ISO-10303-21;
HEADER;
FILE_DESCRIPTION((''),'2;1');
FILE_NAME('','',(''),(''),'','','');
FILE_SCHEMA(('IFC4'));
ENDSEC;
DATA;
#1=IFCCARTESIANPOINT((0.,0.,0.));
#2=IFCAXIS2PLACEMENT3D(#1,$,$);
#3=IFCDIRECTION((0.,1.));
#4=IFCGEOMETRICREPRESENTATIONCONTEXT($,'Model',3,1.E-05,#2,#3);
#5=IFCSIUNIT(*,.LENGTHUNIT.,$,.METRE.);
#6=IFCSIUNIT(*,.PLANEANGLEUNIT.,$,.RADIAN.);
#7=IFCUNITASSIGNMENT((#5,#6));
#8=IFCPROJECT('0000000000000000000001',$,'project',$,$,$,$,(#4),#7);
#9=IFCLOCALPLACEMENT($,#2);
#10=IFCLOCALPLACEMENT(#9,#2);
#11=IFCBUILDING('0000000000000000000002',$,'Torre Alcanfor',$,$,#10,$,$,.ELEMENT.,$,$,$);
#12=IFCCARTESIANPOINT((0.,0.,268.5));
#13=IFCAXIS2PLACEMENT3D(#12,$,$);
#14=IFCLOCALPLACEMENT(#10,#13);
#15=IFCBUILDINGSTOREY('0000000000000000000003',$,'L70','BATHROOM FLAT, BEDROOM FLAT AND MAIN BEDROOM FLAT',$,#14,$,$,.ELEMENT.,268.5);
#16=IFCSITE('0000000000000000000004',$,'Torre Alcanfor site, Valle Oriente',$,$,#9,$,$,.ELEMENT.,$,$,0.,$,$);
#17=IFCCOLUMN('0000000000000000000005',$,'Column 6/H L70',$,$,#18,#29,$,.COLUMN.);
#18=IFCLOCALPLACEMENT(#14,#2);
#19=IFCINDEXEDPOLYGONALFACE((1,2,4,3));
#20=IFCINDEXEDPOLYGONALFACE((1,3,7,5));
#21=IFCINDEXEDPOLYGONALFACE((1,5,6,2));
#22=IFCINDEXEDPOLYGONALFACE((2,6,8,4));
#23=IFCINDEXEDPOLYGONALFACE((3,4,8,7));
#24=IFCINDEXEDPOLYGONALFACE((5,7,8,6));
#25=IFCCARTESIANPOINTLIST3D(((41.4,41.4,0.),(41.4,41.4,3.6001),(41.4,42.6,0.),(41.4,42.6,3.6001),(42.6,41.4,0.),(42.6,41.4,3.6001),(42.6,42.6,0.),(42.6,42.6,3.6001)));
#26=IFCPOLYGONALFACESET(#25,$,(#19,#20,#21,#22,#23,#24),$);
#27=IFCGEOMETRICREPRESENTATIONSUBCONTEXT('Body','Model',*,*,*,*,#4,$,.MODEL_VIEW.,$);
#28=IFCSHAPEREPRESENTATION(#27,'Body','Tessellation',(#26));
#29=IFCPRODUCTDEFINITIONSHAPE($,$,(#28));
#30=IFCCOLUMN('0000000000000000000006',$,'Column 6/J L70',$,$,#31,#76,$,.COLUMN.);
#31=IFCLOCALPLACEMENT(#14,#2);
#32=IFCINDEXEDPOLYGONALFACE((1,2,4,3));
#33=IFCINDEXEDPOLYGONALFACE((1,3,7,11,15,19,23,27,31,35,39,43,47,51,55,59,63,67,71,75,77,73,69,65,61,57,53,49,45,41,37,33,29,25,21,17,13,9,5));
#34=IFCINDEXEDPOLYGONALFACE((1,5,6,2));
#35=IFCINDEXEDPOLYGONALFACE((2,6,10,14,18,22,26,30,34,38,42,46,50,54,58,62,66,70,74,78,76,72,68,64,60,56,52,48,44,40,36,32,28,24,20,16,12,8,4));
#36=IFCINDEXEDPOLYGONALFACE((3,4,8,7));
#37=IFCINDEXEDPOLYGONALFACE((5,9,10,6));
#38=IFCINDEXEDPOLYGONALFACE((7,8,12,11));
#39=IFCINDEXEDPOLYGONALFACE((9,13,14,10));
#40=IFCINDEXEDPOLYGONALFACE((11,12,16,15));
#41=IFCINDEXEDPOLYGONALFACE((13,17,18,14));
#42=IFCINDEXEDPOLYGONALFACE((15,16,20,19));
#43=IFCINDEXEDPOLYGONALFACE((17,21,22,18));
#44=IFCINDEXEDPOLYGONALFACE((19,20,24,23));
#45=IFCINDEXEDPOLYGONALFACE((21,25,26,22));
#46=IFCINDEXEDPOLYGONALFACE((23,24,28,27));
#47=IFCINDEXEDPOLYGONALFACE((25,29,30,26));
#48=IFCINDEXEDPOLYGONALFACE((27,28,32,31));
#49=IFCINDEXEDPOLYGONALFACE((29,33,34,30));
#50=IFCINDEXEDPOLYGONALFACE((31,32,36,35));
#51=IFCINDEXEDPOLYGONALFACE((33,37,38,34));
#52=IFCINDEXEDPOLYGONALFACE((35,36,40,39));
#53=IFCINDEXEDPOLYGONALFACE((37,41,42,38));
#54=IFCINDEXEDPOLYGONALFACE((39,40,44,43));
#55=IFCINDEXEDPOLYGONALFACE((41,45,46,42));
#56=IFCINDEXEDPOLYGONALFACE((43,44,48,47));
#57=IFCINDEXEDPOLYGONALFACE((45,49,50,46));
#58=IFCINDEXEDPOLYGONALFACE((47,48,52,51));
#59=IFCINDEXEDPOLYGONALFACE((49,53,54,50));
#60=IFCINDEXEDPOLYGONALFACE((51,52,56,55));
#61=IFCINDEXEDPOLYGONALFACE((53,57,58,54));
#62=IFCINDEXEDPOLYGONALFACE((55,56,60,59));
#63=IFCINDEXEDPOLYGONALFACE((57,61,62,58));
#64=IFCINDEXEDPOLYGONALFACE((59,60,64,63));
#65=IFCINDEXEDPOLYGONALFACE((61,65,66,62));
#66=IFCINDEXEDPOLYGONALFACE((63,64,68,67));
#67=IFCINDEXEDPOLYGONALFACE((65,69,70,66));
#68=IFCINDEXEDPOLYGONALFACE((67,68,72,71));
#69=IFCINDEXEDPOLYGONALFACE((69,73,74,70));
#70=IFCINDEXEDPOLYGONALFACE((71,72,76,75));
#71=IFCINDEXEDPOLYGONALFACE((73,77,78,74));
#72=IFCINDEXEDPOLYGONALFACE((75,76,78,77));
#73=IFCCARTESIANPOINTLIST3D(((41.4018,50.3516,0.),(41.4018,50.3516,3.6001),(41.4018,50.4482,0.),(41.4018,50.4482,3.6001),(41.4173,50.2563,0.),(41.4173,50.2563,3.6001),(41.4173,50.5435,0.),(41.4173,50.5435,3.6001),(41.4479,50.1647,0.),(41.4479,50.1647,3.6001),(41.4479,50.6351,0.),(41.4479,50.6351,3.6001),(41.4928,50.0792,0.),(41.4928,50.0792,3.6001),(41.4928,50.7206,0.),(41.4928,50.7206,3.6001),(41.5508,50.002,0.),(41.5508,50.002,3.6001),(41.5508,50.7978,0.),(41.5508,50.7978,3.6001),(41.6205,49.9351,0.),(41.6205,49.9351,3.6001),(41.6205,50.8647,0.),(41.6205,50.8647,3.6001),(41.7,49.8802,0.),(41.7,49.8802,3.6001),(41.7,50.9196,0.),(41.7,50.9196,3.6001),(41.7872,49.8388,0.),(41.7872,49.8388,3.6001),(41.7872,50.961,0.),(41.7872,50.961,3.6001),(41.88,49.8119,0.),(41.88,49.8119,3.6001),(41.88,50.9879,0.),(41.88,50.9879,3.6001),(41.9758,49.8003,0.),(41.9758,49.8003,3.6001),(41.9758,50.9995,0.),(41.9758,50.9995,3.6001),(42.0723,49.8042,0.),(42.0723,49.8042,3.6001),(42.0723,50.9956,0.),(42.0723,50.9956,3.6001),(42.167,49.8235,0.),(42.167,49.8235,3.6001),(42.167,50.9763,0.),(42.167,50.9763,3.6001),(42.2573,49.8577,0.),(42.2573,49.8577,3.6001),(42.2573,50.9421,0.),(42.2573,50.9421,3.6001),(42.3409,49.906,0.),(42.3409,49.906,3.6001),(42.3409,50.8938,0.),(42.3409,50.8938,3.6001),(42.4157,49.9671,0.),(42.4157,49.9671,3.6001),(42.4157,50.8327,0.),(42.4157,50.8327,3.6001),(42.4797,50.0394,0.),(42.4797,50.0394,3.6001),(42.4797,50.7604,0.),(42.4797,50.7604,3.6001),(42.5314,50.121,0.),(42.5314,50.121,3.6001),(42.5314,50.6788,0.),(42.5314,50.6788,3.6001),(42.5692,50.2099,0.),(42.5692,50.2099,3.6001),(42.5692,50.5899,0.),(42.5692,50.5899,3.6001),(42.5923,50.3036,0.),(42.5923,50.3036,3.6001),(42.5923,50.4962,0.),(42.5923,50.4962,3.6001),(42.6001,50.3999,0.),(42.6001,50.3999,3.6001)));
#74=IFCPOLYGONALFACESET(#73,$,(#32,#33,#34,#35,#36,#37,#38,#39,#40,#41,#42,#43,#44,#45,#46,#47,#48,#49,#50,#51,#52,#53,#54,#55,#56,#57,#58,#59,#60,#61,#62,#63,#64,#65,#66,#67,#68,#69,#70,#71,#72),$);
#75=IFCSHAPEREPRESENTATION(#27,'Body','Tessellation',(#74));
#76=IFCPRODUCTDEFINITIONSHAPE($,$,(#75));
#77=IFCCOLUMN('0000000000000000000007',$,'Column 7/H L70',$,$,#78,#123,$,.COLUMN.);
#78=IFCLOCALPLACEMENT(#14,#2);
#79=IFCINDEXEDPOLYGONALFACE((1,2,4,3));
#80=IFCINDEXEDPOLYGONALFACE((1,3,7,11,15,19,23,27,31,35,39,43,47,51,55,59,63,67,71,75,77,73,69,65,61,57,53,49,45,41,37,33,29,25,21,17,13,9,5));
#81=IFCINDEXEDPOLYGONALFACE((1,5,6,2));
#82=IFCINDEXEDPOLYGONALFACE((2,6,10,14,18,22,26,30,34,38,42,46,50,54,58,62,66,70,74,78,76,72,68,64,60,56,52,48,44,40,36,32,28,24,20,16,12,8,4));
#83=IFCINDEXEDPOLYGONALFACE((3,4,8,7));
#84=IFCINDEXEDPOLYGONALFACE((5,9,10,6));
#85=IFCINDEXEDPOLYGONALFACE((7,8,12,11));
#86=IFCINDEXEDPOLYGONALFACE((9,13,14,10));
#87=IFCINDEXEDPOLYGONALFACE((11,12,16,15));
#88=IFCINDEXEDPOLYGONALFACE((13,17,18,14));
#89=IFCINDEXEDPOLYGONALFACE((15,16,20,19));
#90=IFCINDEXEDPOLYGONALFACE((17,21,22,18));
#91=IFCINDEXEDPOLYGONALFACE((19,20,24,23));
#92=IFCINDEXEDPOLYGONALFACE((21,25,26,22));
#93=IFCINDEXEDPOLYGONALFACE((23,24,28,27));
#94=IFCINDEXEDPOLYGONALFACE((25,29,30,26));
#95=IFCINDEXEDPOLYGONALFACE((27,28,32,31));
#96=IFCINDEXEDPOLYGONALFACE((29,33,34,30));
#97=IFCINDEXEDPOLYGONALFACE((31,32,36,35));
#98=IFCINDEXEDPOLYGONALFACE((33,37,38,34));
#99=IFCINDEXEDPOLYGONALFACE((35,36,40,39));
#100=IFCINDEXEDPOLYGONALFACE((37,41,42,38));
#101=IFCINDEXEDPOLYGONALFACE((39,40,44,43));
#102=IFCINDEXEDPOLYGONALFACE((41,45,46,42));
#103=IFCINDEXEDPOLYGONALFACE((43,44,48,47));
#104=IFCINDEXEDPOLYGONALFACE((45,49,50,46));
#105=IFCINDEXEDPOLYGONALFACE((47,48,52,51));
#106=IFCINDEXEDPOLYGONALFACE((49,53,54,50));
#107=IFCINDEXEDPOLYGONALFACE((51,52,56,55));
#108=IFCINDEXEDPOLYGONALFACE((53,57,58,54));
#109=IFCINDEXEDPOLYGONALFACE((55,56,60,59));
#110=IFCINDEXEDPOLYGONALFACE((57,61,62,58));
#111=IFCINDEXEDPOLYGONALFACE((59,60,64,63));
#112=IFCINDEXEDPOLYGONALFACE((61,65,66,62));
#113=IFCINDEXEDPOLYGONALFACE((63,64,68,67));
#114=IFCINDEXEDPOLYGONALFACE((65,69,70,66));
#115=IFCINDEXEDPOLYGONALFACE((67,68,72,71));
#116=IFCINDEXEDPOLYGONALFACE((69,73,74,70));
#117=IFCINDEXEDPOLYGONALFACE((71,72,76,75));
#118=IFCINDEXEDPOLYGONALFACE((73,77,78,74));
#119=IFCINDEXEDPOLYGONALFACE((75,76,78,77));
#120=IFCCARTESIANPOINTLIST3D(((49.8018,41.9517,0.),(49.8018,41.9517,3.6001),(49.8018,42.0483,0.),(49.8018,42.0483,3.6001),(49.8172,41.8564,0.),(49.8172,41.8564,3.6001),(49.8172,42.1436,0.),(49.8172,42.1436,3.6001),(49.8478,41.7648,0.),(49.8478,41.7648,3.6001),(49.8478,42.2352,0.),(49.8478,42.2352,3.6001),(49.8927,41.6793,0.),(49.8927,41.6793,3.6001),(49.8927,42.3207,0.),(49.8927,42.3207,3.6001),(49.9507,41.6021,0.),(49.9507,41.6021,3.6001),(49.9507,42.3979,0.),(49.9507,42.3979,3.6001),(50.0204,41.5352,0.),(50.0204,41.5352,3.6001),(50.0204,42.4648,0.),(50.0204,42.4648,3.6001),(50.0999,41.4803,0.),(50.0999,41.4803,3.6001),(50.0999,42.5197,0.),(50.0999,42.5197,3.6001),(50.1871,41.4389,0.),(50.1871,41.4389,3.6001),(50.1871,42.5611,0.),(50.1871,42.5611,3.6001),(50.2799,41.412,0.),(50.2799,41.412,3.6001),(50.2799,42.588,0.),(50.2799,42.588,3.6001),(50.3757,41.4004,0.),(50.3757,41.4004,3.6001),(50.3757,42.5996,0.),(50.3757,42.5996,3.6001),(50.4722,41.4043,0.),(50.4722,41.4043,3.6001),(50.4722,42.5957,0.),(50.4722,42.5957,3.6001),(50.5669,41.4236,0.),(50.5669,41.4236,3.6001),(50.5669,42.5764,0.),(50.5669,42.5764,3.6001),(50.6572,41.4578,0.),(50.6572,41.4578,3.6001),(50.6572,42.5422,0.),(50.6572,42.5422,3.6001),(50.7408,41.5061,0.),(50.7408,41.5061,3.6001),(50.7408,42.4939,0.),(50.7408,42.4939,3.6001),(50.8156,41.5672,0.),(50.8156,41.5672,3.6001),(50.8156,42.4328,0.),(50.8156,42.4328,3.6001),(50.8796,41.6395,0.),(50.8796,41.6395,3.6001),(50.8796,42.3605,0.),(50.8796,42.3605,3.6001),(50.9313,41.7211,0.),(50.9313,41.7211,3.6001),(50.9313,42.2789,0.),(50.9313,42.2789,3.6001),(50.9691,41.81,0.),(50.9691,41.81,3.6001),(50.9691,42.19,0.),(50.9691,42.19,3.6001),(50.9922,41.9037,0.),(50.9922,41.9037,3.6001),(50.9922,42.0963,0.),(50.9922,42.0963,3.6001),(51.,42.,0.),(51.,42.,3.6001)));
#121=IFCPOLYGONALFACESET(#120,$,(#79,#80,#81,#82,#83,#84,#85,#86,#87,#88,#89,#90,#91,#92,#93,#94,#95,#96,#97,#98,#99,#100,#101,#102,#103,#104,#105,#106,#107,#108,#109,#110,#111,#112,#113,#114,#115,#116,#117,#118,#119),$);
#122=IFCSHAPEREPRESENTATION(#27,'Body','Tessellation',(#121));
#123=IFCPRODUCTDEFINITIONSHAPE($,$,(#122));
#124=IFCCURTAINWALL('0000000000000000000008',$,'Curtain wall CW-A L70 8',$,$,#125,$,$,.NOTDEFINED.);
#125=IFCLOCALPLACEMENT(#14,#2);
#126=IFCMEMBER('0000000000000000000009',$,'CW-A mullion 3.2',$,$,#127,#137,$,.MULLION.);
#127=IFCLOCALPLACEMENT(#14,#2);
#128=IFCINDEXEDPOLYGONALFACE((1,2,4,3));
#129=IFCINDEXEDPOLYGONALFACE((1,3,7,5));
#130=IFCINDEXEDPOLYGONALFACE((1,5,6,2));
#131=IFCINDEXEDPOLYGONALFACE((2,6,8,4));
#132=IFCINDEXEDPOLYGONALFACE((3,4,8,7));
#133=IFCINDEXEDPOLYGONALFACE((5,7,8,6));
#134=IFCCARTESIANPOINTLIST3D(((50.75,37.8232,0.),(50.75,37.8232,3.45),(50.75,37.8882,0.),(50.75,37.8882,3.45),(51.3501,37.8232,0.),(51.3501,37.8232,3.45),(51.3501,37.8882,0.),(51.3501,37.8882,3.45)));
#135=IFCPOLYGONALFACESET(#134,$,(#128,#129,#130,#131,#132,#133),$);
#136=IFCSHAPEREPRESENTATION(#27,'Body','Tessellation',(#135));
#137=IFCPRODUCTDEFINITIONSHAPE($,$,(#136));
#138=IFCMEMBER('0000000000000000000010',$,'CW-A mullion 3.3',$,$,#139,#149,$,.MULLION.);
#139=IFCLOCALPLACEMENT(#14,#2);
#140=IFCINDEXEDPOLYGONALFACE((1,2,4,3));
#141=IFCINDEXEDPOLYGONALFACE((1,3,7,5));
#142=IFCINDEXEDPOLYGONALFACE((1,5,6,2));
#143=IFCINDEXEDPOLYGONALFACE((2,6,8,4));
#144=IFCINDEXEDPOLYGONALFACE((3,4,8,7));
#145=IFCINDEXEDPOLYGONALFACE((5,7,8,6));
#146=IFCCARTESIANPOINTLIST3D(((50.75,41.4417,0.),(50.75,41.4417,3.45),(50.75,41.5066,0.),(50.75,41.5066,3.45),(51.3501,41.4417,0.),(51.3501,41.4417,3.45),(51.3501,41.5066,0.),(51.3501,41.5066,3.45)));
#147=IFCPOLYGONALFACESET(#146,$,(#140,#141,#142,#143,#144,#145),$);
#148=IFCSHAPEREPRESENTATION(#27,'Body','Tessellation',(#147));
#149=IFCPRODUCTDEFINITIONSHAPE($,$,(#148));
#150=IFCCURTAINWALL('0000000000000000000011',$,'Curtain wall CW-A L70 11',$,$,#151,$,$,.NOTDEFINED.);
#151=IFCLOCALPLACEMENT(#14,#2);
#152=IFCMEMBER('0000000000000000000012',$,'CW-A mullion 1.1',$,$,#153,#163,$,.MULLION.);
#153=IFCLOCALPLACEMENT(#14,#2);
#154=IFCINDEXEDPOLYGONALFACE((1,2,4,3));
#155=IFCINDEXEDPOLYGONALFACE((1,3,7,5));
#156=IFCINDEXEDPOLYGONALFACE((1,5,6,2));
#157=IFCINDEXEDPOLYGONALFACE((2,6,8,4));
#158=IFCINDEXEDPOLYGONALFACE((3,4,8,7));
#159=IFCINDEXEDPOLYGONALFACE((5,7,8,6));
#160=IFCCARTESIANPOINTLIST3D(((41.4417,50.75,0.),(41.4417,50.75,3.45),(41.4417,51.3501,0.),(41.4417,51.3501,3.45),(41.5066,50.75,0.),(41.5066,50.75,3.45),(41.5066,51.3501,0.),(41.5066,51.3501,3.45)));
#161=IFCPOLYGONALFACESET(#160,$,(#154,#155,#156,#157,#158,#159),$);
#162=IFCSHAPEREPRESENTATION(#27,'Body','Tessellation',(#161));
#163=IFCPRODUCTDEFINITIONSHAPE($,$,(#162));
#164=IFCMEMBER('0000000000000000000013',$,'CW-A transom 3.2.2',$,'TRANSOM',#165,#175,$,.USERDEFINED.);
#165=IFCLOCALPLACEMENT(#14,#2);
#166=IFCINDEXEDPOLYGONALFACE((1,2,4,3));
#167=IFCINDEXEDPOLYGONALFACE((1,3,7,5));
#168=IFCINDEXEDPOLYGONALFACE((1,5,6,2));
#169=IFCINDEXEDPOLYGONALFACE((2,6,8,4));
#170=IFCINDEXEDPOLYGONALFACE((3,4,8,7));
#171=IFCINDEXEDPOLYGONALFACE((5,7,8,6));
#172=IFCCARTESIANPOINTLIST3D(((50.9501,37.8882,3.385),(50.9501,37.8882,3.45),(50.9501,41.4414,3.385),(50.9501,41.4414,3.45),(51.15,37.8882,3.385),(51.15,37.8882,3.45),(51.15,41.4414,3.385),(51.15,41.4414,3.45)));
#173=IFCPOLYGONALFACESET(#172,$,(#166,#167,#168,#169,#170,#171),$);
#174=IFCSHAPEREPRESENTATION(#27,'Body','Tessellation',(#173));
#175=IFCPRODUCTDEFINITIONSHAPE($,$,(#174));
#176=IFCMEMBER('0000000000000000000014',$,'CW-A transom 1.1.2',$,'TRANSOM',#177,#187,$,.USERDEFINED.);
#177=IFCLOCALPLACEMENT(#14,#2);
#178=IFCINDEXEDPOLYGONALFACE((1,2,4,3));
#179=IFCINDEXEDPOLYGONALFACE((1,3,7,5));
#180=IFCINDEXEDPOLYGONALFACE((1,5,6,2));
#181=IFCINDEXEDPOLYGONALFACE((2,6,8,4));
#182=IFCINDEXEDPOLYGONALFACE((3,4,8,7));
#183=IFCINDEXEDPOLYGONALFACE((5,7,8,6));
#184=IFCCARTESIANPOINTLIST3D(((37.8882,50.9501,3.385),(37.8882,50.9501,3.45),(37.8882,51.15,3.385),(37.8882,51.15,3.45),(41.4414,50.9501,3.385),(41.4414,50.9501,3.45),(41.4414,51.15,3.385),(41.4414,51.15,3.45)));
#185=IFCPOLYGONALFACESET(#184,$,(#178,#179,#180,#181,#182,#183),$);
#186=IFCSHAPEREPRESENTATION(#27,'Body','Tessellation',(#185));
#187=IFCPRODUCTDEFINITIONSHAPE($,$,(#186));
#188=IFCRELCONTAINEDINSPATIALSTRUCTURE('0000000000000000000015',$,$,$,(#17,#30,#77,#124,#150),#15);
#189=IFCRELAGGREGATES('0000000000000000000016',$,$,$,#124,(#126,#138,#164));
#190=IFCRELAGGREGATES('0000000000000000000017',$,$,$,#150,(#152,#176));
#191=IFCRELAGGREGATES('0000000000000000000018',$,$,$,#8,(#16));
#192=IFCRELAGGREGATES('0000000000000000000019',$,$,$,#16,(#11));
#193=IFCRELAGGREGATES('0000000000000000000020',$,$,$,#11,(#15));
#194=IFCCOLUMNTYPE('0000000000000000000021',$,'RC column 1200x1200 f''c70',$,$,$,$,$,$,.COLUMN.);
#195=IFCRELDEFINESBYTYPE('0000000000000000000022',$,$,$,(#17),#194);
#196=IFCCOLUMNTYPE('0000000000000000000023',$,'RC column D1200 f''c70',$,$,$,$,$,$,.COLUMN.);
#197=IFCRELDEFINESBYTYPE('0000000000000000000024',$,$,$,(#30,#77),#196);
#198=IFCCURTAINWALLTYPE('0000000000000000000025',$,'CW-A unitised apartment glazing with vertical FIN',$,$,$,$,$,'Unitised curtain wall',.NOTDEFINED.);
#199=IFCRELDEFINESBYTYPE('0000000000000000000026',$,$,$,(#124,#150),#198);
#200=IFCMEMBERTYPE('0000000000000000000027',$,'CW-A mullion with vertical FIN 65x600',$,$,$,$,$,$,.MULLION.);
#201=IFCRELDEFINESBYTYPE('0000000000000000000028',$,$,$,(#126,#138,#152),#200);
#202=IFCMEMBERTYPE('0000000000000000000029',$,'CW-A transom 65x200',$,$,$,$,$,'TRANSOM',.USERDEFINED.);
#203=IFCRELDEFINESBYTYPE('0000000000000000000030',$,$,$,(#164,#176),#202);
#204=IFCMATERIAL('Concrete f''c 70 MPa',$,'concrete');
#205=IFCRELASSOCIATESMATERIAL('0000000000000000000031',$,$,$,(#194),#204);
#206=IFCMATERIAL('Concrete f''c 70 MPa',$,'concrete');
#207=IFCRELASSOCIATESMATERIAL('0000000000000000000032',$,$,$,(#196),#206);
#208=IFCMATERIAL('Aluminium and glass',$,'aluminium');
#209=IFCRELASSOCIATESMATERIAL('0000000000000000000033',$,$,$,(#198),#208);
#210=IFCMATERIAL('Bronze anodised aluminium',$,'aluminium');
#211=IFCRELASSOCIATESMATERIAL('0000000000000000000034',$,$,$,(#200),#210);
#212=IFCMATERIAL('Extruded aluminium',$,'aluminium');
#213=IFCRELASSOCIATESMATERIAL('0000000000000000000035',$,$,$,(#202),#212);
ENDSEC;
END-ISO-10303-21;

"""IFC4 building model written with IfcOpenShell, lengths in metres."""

from ifc_helpers import new_model, si_unit, direction, frame, origin, origin_2d, place, context, subcontext, project, spatial, rectangle, circle, extrude, material, material_profile, profile_set, type_object, element, aggregate, save


model = new_model("IFC4")

# Units and contexts
model_context = context("Model", 3, precision=1e-05, world=origin(), true_north=direction((0.0, 1.0)))
body_context = subcontext(model_context, "Body", "Model", "MODEL_VIEW")
ifc_project = project(units=[si_unit("LENGTHUNIT", "METRE"), si_unit("PLANEANGLEUNIT", "RADIAN")], contexts=[model_context])

# Site, building, storey
site_placement = place(None, origin())
site = spatial("IfcSite", under=ifc_project, at=site_placement, Name="Torre Alcanfor site, Valle Oriente", CompositionType="ELEMENT", RefElevation=0.0)
building_placement = place(site_placement, origin())
building = spatial("IfcBuilding", under=site, at=building_placement, Name="Torre Alcanfor", CompositionType="ELEMENT")
storey_placement = place(building_placement, frame((0.0, 0.0, 268.5)))
storey = spatial("IfcBuildingStorey", under=building, at=storey_placement, Name="L70", Description="BATHROOM FLAT, BEDROOM FLAT AND MAIN BEDROOM FLAT", CompositionType="ELEMENT", Elevation=268.5)

# Columns
ifc_material_1 = material(Name="Concrete f'c 70 MPa", Category="concrete")
ifc_material_profile_1 = material_profile(ifc_material_1, rectangle(XDim=1.2, YDim=1.2, at=origin_2d()), Name="1200x1200")
ifc_profile_set_1 = profile_set([ifc_material_profile_1], Name="Concrete f'c 70 MPa")
column_type_1 = type_object("IfcColumnType", Name="RC column 1200x1200 f'c70", PredefinedType="COLUMN", material=ifc_profile_set_1)
column_placement = place(storey_placement, frame((42.0, 42.0, 0.0), z_axis=(0.0, 0.0, 1.0), x_axis=(1.0, 0.0, 0.0)))
element("IfcColumn", 1, at=column_placement, inside=storey, type_object=column_type_1, Name="Column 6/H L70", PredefinedType="COLUMN", context=body_context, shape_type="SweptSolid", body=[
    extrude(rectangle(XDim=1.2, YDim=1.2, at=origin_2d()), origin(), (0.0, 0.0, 1.0), 3.6001),
])
ifc_material_2 = material(Name="Concrete f'c 70 MPa", Category="concrete")
ifc_material_profile_2 = material_profile(ifc_material_2, circle(Radius=0.6001, at=origin_2d()), Name="D1200")
ifc_profile_set_2 = profile_set([ifc_material_profile_2], Name="Concrete f'c 70 MPa")
column_type_2 = type_object("IfcColumnType", Name="RC column D1200 f'c70", PredefinedType="COLUMN", material=ifc_profile_set_2)
for number, where, z_axis, x_axis, name in (
    (2, (42.0, 50.3999, 0.0), (0.0, 0.0, 1.0), (1.0, 0.0, 0.0), "Column 6/J L70"),
    (3, (50.3999, 42.0, 0.0), (0.0, 0.0, 1.0), (1.0, 0.0, 0.0), "Column 7/H L70"),
):
    element("IfcColumn", number, at=place(storey_placement, frame(where, z_axis=z_axis, x_axis=x_axis)), inside=storey, type_object=column_type_2, Name=name, PredefinedType="COLUMN", context=body_context, shape_type="SweptSolid", body=[
        extrude(circle(Radius=0.6001, at=origin_2d()), origin(), (0.0, 0.0, 1.0), 3.6001),
    ])

# Curtain wall, members
ifc_material_3 = material(Name="Aluminium and glass", Category="aluminium")
curtain_wall_type = type_object("IfcCurtainWallType", Name="CW-A unitised apartment glazing with vertical FIN", ElementType="Unitised curtain wall", PredefinedType="NOTDEFINED", material=ifc_material_3)
curtain_wall_1_placement = place(storey_placement, origin())
curtain_wall_1 = element("IfcCurtainWall", 4, at=curtain_wall_1_placement, inside=storey, type_object=curtain_wall_type, Name="Curtain wall CW-A L70 8", PredefinedType="NOTDEFINED")
ifc_material_4 = material(Name="Bronze anodised aluminium", Category="aluminium")
ifc_material_profile_3 = material_profile(ifc_material_4, rectangle(XDim=0.6001, YDim=0.0649, at=origin_2d()), Name="CW-A mullion 65x600")
ifc_profile_set_3 = profile_set([ifc_material_profile_3], Name="Bronze anodised aluminium")
member_type_1 = type_object("IfcMemberType", Name="CW-A mullion with vertical FIN 65x600", PredefinedType="MULLION", material=ifc_profile_set_3)
member_1_placement = place(storey_placement, frame((51.05, 37.8557, 0.0), z_axis=(0.0, 0.0, 1.0), x_axis=(-1.0, 0.0, 0.0)))
member_1 = element("IfcMember", 5, at=member_1_placement, type_object=member_type_1, Name="CW-A mullion 3.2", PredefinedType="MULLION", context=body_context, shape_type="SweptSolid", body=[
    extrude(rectangle(XDim=0.6001, YDim=0.0649, at=origin_2d()), origin(), (0.0, 0.0, 1.0), 3.45),
])
member_2_placement = place(storey_placement, frame((51.05, 41.4741, 0.0), z_axis=(0.0, 0.0, 1.0), x_axis=(-1.0, 0.0, 0.0)))
member_2 = element("IfcMember", 6, at=member_2_placement, type_object=member_type_1, Name="CW-A mullion 3.3", PredefinedType="MULLION", context=body_context, shape_type="SweptSolid", body=[
    extrude(rectangle(XDim=0.6001, YDim=0.0649, at=origin_2d()), origin(), (0.0, 0.0, 1.0), 3.45),
])

# Curtain wall, member
curtain_wall_2_placement = place(storey_placement, origin())
curtain_wall_2 = element("IfcCurtainWall", 7, at=curtain_wall_2_placement, inside=storey, type_object=curtain_wall_type, Name="Curtain wall CW-A L70 11", PredefinedType="NOTDEFINED")
member_3_placement = place(storey_placement, frame((41.4741, 51.05, 0.0), z_axis=(0.0, 0.0, 1.0), x_axis=(0.0, -1.0, 0.0)))
member_3 = element("IfcMember", 8, at=member_3_placement, type_object=member_type_1, Name="CW-A mullion 1.1", PredefinedType="MULLION", context=body_context, shape_type="SweptSolid", body=[
    extrude(rectangle(XDim=0.6001, YDim=0.0649, at=origin_2d()), origin(), (0.0, 0.0, 1.0), 3.45),
])

# Members
ifc_material_5 = material(Name="Extruded aluminium", Category="aluminium")
ifc_material_profile_4 = material_profile(ifc_material_5, rectangle(XDim=0.2, YDim=0.0649, at=origin_2d()), Name="CW-A transom 200x65")
ifc_profile_set_4 = profile_set([ifc_material_profile_4], Name="Extruded aluminium")
member_type_2 = type_object("IfcMemberType", Name="CW-A transom 65x200", ElementType="TRANSOM", PredefinedType="USERDEFINED", material=ifc_profile_set_4)
member_4_placement = place(storey_placement, frame((51.05, 37.8882, 3.4175), z_axis=(0.0, 1.0, 0.0), x_axis=(-1.0, 0.0, 0.0)))
member_4 = element("IfcMember", 9, at=member_4_placement, type_object=member_type_2, Name="CW-A transom 3.2.2", ObjectType="TRANSOM", PredefinedType="USERDEFINED", context=body_context, shape_type="SweptSolid", body=[
    extrude(rectangle(XDim=0.2, YDim=0.0649, at=origin_2d()), origin(), (0.0, 0.0, 1.0), 3.5532),
])
member_5_placement = place(storey_placement, frame((41.4414, 51.05, 3.4175), z_axis=(-1.0, 0.0, 0.0), x_axis=(0.0, -1.0, 0.0)))
member_5 = element("IfcMember", 10, at=member_5_placement, type_object=member_type_2, Name="CW-A transom 1.1.2", ObjectType="TRANSOM", PredefinedType="USERDEFINED", context=body_context, shape_type="SweptSolid", body=[
    extrude(rectangle(XDim=0.2, YDim=0.0649, at=origin_2d()), origin(), (0.0, 0.0, 1.0), 3.5532),
])

aggregate(curtain_wall_1, [member_1, member_2, member_4])
aggregate(curtain_wall_2, [member_3, member_5])

save(model, "model.ifc")
